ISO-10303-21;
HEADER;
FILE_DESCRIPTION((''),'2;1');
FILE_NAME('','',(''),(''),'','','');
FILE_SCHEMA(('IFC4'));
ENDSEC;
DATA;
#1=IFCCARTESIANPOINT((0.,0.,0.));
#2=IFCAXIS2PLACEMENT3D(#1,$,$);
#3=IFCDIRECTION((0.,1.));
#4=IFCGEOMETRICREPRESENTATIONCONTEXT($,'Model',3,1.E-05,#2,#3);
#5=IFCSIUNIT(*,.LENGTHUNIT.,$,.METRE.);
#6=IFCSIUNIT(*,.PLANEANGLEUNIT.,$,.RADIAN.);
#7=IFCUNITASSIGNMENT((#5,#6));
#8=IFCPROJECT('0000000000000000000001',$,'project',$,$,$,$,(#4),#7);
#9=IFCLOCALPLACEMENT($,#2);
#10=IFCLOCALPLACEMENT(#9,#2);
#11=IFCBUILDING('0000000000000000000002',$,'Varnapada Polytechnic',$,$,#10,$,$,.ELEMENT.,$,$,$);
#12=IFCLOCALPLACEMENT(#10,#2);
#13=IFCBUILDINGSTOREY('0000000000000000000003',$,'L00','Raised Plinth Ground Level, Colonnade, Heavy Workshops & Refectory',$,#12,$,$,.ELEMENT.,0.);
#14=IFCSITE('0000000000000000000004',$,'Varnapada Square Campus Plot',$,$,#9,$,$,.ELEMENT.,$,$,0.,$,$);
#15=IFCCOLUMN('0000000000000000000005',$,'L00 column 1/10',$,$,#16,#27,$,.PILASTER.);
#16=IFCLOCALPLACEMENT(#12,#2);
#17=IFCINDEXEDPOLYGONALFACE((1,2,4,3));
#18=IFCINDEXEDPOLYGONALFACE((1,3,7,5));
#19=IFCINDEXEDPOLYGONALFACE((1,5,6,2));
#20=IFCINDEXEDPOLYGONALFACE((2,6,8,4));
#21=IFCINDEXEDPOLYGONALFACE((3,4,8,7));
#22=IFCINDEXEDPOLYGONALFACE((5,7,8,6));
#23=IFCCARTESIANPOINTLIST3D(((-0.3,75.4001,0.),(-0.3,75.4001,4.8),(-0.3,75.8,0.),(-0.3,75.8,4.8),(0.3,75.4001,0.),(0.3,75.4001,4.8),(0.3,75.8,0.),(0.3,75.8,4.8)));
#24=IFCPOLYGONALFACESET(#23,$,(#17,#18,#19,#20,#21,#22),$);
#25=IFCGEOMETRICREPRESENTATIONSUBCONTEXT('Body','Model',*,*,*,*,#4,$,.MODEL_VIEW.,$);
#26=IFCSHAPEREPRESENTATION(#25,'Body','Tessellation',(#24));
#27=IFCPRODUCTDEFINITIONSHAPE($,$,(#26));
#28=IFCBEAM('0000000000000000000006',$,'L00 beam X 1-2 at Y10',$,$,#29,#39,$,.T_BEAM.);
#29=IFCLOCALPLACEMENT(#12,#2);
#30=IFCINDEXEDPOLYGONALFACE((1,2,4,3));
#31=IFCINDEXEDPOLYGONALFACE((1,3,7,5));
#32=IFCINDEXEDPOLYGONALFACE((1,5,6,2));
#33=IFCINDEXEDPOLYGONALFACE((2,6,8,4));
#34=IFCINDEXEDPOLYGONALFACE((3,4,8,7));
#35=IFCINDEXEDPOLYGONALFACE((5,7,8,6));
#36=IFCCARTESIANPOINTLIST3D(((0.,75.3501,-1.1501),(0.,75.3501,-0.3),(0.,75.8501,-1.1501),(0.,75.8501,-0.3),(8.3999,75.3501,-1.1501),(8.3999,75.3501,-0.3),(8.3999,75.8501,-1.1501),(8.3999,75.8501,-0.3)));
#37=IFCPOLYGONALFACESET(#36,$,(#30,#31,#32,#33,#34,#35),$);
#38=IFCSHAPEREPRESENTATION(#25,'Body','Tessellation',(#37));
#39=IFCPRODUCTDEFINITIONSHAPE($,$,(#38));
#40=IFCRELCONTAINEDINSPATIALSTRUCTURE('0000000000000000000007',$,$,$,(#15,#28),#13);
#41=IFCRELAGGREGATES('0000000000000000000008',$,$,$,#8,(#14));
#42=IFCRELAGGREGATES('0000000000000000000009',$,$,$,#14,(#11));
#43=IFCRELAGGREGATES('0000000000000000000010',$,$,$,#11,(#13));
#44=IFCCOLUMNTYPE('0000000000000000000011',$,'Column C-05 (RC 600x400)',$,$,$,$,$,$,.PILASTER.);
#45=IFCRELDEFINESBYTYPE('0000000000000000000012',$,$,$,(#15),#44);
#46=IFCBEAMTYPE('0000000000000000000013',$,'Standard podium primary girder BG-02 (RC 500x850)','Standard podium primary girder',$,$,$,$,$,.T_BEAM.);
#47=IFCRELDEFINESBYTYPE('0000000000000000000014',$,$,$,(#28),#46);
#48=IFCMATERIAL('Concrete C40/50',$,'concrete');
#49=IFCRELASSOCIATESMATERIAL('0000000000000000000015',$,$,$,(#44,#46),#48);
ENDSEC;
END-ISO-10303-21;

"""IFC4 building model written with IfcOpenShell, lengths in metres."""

from ifc_helpers import new_model, si_unit, direction, frame, origin, origin_2d, place, context, subcontext, project, spatial, rectangle, extrude, material, material_profile, profile_set, type_object, element, save


model = new_model("IFC4")

# Units and contexts
model_context = context("Model", 3, precision=1e-05, world=origin(), true_north=direction((0.0, 1.0)))
body_context = subcontext(model_context, "Body", "Model", "MODEL_VIEW")
ifc_project = project(units=[si_unit("LENGTHUNIT", "METRE"), si_unit("PLANEANGLEUNIT", "RADIAN")], contexts=[model_context])

# Site, building, storey
site_placement = place(None, origin())
site = spatial("IfcSite", under=ifc_project, at=site_placement, Name="Varnapada Square Campus Plot", CompositionType="ELEMENT", RefElevation=0.0)
building_placement = place(site_placement, origin())
building = spatial("IfcBuilding", under=site, at=building_placement, Name="Varnapada Polytechnic", CompositionType="ELEMENT")
storey_placement = place(building_placement, origin())
storey = spatial("IfcBuildingStorey", under=building, at=storey_placement, Name="L00", Description="Raised Plinth Ground Level, Colonnade, Heavy Workshops & Refectory", CompositionType="ELEMENT", Elevation=0.0)

# Column
ifc_material_1 = material(Name="Concrete C40/50", Category="concrete")
ifc_material_profile_1 = material_profile(ifc_material_1, rectangle(XDim=0.6001, YDim=0.3999, at=origin_2d()), Name="RC 600x400")
ifc_profile_set_1 = profile_set([ifc_material_profile_1], Name="Concrete C40/50")
column_type = type_object("IfcColumnType", Name="Column C-05 (RC 600x400)", PredefinedType="PILASTER", material=ifc_profile_set_1)
column_placement = place(storey_placement, frame((0.0, 75.6001, 0.0), z_axis=(0.0, 0.0, 1.0), x_axis=(1.0, 0.0, 0.0)))
element("IfcColumn", 1, at=column_placement, inside=storey, type_object=column_type, Name="L00 column 1/10", PredefinedType="PILASTER", context=body_context, shape_type="SweptSolid", body=[
    extrude(rectangle(XDim=0.6001, YDim=0.3999, at=origin_2d()), origin(), (0.0, 0.0, 1.0), 4.8),
])

# Beam
ifc_material_profile_2 = material_profile(ifc_material_1, rectangle(XDim=0.5, YDim=0.8501, at=origin_2d()), Name="RC 500x850")
ifc_profile_set_2 = profile_set([ifc_material_profile_2], Name="Concrete C40/50")
beam_type = type_object("IfcBeamType", Name="Standard podium primary girder BG-02 (RC 500x850)", Description="Standard podium primary girder", PredefinedType="T_BEAM", material=ifc_profile_set_2)
beam_placement = place(storey_placement, frame((0.0, 75.6001, -0.7251), z_axis=(1.0, 0.0, 0.0), x_axis=(0.0, 1.0, 0.0)))
element("IfcBeam", 2, at=beam_placement, inside=storey, type_object=beam_type, Name="L00 beam X 1-2 at Y10", PredefinedType="T_BEAM", context=body_context, shape_type="SweptSolid", body=[
    extrude(rectangle(XDim=0.5, YDim=0.8501, at=origin_2d()), origin(), (0.0, 0.0, 1.0), 8.3999),
])

save(model, "model.ifc")
